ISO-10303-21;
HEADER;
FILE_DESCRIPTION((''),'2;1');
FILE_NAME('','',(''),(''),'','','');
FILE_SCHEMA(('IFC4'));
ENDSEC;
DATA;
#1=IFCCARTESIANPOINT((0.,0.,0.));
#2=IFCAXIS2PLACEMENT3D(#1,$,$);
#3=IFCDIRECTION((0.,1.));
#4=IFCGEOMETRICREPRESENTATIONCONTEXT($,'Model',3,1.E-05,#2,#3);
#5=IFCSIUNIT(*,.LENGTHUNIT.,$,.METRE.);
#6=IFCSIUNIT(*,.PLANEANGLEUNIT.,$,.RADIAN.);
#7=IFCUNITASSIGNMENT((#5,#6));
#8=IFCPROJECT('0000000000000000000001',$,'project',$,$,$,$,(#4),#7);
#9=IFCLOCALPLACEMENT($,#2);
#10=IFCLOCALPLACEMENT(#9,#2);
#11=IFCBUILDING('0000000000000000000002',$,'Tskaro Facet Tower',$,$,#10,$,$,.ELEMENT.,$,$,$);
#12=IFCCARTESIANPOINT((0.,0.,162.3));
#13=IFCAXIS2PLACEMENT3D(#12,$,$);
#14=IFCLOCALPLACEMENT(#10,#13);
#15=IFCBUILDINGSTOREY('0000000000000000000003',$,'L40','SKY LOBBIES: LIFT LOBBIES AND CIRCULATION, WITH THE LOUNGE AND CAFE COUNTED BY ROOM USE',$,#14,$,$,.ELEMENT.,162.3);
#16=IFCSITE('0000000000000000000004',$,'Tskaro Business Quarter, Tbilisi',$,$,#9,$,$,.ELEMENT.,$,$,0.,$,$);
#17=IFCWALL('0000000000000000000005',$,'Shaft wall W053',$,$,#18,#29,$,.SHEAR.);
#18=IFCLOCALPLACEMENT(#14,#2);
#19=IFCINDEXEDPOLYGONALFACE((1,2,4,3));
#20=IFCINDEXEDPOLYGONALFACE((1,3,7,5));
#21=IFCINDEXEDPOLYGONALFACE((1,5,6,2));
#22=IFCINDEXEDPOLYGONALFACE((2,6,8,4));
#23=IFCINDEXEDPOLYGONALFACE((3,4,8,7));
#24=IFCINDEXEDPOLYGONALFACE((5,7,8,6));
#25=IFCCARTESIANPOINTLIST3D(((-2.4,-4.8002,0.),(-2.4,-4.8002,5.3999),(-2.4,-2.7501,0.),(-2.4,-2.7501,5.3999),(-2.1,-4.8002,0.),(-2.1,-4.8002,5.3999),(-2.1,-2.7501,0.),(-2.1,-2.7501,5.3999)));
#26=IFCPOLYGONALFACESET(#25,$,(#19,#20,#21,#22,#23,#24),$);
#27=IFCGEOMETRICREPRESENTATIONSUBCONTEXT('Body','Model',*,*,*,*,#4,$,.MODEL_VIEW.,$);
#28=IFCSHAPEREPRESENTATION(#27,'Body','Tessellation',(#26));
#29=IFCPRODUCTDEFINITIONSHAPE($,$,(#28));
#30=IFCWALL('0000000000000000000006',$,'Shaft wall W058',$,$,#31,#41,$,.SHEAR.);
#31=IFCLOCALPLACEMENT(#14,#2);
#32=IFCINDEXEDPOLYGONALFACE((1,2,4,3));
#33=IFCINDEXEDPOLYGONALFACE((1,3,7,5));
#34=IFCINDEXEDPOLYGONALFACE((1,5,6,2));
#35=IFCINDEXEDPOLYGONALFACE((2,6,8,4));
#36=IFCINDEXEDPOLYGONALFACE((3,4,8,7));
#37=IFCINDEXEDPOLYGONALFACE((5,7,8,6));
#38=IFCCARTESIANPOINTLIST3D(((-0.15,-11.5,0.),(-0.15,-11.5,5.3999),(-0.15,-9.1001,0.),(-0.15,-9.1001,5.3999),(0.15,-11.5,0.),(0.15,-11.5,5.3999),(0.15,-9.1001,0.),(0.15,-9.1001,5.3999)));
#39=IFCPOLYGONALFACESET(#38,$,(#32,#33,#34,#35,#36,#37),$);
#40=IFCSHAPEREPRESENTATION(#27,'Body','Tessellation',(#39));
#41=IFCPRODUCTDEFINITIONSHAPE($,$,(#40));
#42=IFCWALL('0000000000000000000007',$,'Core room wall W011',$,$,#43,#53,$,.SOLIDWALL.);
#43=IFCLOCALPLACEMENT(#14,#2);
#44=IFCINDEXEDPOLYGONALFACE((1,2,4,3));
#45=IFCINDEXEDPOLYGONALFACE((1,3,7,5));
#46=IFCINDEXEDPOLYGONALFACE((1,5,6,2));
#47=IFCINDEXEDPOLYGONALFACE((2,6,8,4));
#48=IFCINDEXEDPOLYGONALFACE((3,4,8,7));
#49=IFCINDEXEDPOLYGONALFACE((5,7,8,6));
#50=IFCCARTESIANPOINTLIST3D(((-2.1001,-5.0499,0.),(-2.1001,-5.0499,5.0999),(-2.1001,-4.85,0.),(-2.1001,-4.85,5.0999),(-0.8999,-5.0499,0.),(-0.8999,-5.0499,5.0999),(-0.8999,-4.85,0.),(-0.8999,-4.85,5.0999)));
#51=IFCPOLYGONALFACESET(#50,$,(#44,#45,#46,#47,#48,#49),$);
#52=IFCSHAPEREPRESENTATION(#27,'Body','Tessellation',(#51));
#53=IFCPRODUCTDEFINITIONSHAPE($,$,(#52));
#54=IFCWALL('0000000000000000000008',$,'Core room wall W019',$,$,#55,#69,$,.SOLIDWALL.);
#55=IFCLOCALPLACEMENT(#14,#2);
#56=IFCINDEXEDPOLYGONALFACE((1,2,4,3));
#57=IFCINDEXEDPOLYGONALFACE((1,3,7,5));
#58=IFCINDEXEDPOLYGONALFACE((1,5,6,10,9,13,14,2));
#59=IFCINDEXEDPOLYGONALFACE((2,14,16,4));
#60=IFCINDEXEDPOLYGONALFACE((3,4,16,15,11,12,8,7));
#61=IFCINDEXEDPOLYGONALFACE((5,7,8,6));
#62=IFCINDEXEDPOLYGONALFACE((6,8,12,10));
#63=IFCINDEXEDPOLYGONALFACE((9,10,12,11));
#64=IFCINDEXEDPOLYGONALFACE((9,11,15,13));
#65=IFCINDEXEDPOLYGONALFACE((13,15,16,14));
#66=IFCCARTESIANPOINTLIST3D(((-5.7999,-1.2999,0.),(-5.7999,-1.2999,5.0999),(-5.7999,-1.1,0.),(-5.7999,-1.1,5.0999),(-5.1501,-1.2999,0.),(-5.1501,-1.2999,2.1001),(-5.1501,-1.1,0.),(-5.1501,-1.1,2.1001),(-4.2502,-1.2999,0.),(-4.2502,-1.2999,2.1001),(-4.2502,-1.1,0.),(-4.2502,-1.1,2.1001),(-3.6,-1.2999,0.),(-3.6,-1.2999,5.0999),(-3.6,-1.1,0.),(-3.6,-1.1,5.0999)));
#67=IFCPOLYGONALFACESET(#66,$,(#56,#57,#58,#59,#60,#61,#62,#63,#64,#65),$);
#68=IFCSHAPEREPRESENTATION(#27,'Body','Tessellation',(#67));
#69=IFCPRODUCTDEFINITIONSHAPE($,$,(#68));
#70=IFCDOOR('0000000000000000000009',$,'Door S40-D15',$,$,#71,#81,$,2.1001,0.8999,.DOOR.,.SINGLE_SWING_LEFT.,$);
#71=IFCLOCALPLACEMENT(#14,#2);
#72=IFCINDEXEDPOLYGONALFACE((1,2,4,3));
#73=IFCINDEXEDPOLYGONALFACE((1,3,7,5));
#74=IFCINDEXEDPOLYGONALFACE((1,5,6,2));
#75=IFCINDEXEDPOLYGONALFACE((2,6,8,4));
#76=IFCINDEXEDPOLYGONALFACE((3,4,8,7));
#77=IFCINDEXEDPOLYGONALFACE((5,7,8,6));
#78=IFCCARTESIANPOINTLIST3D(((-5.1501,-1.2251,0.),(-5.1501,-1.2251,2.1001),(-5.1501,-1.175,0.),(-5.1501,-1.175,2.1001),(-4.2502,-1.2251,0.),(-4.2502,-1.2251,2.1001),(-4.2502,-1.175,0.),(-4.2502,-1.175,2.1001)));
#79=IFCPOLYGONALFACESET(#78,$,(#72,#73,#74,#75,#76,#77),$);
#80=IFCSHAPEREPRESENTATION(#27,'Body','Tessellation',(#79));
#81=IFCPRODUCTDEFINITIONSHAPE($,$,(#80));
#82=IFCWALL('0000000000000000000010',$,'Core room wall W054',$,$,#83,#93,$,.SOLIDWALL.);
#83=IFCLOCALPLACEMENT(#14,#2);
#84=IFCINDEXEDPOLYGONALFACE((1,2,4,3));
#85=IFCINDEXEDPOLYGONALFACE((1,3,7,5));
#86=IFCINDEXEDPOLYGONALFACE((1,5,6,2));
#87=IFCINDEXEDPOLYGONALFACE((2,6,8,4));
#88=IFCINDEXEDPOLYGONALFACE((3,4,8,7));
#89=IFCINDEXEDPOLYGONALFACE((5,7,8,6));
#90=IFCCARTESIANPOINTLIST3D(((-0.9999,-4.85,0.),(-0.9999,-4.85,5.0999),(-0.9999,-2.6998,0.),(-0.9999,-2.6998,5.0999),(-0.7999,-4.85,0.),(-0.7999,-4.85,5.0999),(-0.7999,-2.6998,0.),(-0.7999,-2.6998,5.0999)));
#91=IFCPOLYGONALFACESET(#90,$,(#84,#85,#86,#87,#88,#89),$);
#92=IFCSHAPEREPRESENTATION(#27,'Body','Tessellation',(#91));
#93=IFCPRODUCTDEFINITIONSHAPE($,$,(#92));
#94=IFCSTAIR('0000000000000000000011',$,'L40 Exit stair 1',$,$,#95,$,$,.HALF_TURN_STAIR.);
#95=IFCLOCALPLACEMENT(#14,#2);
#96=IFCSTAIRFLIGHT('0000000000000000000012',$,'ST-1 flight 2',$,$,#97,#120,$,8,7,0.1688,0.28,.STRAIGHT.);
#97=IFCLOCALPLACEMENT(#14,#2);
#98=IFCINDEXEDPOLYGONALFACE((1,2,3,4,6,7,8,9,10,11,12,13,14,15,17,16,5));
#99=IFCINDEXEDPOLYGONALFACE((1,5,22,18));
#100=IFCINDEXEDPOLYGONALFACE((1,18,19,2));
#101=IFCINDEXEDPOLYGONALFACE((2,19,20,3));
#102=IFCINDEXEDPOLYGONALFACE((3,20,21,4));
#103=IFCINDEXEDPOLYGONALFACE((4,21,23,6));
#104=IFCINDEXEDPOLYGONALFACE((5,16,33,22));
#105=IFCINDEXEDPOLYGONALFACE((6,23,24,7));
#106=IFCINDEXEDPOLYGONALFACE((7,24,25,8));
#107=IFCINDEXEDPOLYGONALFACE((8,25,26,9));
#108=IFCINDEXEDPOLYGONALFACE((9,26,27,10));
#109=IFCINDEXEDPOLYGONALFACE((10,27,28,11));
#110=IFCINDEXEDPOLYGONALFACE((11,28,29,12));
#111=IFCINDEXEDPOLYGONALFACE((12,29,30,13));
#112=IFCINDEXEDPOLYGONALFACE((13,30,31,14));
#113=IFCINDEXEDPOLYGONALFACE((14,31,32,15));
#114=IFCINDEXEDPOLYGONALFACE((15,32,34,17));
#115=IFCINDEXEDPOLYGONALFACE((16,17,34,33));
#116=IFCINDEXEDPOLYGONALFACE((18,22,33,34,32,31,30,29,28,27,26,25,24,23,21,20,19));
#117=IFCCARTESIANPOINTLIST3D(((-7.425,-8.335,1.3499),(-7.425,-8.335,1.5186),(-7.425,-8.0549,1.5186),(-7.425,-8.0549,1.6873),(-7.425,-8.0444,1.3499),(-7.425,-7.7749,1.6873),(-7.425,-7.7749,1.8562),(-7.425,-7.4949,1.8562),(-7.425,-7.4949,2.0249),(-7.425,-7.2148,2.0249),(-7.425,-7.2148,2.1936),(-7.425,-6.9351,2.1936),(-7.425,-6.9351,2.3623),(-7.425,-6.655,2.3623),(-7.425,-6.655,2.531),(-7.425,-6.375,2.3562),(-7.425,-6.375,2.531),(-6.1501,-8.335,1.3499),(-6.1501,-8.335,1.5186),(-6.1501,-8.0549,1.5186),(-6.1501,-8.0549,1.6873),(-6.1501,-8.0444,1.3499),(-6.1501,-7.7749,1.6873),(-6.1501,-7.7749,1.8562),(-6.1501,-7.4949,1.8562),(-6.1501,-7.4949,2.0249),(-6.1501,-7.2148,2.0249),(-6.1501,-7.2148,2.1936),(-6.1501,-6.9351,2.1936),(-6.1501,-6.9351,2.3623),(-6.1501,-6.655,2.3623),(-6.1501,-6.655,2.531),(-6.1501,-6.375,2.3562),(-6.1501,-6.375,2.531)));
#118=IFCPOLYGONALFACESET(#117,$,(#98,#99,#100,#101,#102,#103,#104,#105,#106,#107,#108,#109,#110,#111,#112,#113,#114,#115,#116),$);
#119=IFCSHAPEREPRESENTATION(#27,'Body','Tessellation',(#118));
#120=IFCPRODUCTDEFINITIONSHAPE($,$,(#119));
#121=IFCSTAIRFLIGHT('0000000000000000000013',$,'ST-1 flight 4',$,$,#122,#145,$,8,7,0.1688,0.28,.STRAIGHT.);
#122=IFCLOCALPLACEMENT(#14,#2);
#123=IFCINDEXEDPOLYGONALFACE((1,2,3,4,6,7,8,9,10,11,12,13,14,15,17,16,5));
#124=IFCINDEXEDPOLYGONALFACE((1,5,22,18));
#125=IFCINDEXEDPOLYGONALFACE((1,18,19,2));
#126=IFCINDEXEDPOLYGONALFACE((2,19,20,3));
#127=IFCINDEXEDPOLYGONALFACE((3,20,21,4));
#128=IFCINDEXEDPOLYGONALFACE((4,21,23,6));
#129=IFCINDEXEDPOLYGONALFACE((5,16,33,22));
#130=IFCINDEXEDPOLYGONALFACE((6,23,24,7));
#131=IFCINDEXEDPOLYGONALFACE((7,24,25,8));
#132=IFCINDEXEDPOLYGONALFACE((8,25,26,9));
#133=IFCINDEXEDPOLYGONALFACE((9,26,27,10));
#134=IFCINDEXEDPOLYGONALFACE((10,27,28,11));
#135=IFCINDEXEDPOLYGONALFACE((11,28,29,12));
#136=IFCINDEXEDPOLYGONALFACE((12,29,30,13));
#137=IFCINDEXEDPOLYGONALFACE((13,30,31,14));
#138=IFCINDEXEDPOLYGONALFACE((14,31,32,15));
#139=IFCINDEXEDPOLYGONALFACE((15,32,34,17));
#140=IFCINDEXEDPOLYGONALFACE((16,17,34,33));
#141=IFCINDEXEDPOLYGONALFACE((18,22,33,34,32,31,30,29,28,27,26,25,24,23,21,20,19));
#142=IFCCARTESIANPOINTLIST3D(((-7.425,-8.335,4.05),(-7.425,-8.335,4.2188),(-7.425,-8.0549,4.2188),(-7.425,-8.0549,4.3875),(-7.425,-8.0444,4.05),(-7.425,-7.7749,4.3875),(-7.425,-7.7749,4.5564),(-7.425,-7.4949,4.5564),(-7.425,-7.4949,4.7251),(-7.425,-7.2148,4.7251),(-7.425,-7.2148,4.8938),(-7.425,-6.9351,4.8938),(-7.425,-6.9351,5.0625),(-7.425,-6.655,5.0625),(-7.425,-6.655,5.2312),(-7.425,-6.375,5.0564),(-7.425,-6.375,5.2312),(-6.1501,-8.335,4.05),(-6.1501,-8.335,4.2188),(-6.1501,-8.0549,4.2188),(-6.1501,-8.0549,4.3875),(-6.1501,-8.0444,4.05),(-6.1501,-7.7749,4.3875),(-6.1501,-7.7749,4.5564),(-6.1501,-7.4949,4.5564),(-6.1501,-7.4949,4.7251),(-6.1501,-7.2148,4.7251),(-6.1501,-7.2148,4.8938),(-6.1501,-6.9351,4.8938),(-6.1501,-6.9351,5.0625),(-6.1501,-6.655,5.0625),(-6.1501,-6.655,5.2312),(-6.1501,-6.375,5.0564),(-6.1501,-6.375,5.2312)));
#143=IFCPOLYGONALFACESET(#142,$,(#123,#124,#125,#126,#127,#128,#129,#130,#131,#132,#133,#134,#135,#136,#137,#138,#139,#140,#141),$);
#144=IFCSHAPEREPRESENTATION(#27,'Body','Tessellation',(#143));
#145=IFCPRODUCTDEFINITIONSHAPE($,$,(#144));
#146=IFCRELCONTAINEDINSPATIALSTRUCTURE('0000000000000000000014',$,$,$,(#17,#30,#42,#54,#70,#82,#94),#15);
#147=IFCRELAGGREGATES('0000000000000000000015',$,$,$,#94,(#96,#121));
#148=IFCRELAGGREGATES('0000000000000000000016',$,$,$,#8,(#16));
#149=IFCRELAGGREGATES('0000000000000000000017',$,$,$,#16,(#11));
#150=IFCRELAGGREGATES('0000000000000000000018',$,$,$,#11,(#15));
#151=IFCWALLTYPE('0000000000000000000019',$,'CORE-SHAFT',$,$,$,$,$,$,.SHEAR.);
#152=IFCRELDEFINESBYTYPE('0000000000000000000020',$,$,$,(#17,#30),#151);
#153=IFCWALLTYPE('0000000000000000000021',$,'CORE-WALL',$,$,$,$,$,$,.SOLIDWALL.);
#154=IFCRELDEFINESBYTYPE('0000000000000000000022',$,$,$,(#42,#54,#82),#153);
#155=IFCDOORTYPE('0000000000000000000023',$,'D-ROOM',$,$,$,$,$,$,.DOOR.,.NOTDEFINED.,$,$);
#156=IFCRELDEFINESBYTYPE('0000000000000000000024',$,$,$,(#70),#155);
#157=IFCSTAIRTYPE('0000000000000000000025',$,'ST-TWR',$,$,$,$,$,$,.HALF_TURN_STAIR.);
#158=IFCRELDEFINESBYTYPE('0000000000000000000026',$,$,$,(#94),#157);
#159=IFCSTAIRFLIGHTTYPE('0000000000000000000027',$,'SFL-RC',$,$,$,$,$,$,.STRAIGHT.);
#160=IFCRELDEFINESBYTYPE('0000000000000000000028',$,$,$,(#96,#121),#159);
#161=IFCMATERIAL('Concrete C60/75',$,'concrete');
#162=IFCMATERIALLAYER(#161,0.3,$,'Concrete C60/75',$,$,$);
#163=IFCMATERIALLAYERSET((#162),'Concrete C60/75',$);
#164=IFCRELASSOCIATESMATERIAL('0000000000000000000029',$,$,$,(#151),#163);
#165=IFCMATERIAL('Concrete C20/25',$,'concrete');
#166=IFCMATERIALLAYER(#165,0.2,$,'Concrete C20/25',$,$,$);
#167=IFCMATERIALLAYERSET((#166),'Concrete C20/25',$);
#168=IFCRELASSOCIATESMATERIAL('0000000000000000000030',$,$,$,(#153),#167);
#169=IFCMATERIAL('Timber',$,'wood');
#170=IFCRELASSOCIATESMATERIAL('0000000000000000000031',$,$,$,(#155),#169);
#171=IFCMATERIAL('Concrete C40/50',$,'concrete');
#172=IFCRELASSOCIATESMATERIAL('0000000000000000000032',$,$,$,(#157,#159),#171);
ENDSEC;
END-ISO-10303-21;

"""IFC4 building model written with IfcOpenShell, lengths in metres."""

from ifc_helpers import new_model, si_unit, direction, frame, frame_2d, origin, place, context, subcontext, project, spatial, polyline, rectangle, outline, extrude, material, layer, layer_set, type_object, element, fill, aggregate, save


model = new_model("IFC4")

# Units and contexts
model_context = context("Model", 3, precision=1e-05, world=origin(), true_north=direction((0.0, 1.0)))
body_context = subcontext(model_context, "Body", "Model", "MODEL_VIEW")
ifc_project = project(units=[si_unit("LENGTHUNIT", "METRE"), si_unit("PLANEANGLEUNIT", "RADIAN")], contexts=[model_context])

# Site, building, storey
site_placement = place(None, origin())
site = spatial("IfcSite", under=ifc_project, at=site_placement, Name="Tskaro Business Quarter, Tbilisi", CompositionType="ELEMENT", RefElevation=0.0)
building_placement = place(site_placement, origin())
building = spatial("IfcBuilding", under=site, at=building_placement, Name="Tskaro Facet Tower", CompositionType="ELEMENT")
storey_placement = place(building_placement, frame((0.0, 0.0, 162.3)))
storey = spatial("IfcBuildingStorey", under=building, at=storey_placement, Name="L40", Description="SKY LOBBIES: LIFT LOBBIES AND CIRCULATION, WITH THE LOUNGE AND CAFE COUNTED BY ROOM USE", CompositionType="ELEMENT", Elevation=162.3)

# Shared definitions
ifc_material_1 = material(Name="Concrete C60/75", Category="concrete")
ifc_layer_1 = layer(ifc_material_1, 0.3, Name="Concrete C60/75")
ifc_layer_set_1 = layer_set([ifc_layer_1], Name="Concrete C60/75")
wall_type_1 = type_object("IfcWallType", Name="CORE-SHAFT", PredefinedType="SHEAR", material=ifc_layer_set_1)

# Walls
wall_1_placement = place(storey_placement, frame((-2.25, -4.8, 0.0), z_axis=(0.0, 0.0, 1.0), x_axis=(0.0, 1.0, 0.0)))
element("IfcWall", 1, at=wall_1_placement, inside=storey, type_object=wall_type_1, Name="Shaft wall W053", PredefinedType="SHEAR", context=body_context, shape_type="SweptSolid", body=[
    extrude(rectangle(XDim=2.05, YDim=0.3, at=frame_2d((1.0249, 0.0))), origin(), (0.0, 0.0, 1.0), 5.3999),
])
wall_2_placement = place(storey_placement, frame((0.0, -11.5, 0.0), z_axis=(0.0, 0.0, 1.0), x_axis=(0.0, 1.0, 0.0)))
element("IfcWall", 2, at=wall_2_placement, inside=storey, type_object=wall_type_1, Name="Shaft wall W058", PredefinedType="SHEAR", context=body_context, shape_type="SweptSolid", body=[
    extrude(rectangle(XDim=2.3999, YDim=0.3, at=frame_2d((1.2, 0.0))), origin(), (0.0, 0.0, 1.0), 5.3999),
])
ifc_material_2 = material(Name="Concrete C20/25", Category="concrete")
ifc_layer_2 = layer(ifc_material_2, 0.2, Name="Concrete C20/25")
ifc_layer_set_2 = layer_set([ifc_layer_2], Name="Concrete C20/25")
wall_type_2 = type_object("IfcWallType", Name="CORE-WALL", PredefinedType="SOLIDWALL", material=ifc_layer_set_2)
wall_3_placement = place(storey_placement, frame((-2.1001, -4.95, 0.0), z_axis=(0.0, 0.0, 1.0), x_axis=(1.0, 0.0, 0.0)))
element("IfcWall", 3, at=wall_3_placement, inside=storey, type_object=wall_type_2, Name="Core room wall W011", PredefinedType="SOLIDWALL", context=body_context, shape_type="SweptSolid", body=[
    extrude(rectangle(XDim=1.2002, YDim=0.2, at=frame_2d((0.6001, 0.0))), origin(), (0.0, 0.0, 1.0), 5.0999),
])

# Wall, opening, door
wall_4_placement = place(storey_placement, frame((-5.8, -1.2, 0.0), z_axis=(0.0, 0.0, 1.0), x_axis=(1.0, 0.0, 0.0)))
wall_4 = element("IfcWall", 4, at=wall_4_placement, inside=storey, type_object=wall_type_2, Name="Core room wall W019", PredefinedType="SOLIDWALL", context=body_context, shape_type="SweptSolid", body=[
    extrude(rectangle(XDim=2.2, YDim=0.2, at=frame_2d((1.1001, 0.0))), origin(), (0.0, 0.0, 1.0), 5.0999),
])
opening_1_placement = place(wall_4_placement, frame((0.6499, 0.0, 0.0)))
opening_1 = element("IfcOpeningElement", 5, at=opening_1_placement, cuts=wall_4, PredefinedType="OPENING", context=body_context, shape_type="SweptSolid", body=[
    extrude(rectangle(XDim=0.8999, YDim=2.1001, at=frame_2d((0.45, 1.05))), frame((0.0, 0.1099, 0.0), z_axis=(0.0, -1.0, 0.0), x_axis=(1.0, 0.0, 0.0)), (0.0, 0.0, 1.0), 0.22),
])
ifc_material_3 = material(Name="Timber", Category="wood")
door_type_1 = type_object("IfcDoorType", Name="D-ROOM", OperationType="NOTDEFINED", PredefinedType="DOOR", material=ifc_material_3)
door_1_placement = place(opening_1_placement, origin())
door_1 = element("IfcDoor", 6, at=door_1_placement, inside=storey, type_object=door_type_1, Name="Door S40-D15", OperationType="SINGLE_SWING_LEFT", OverallHeight=2.1001, OverallWidth=0.8999, PredefinedType="DOOR", context=body_context, shape_type="SweptSolid", body=[
    extrude(rectangle(XDim=0.8999, YDim=2.1001, at=frame_2d((0.45, 1.05))), frame((0.0, 0.0249, 0.0), z_axis=(0.0, -1.0, 0.0), x_axis=(1.0, 0.0, 0.0)), (0.0, 0.0, 1.0), 0.05),
])
fill(opening_1, door_1)

# Wall
wall_5_placement = place(storey_placement, frame((-0.8999, -4.8501, 0.0), z_axis=(0.0, 0.0, 1.0), x_axis=(0.0, 1.0, 0.0)))
element("IfcWall", 7, at=wall_5_placement, inside=storey, type_object=wall_type_2, Name="Core room wall W054", PredefinedType="SOLIDWALL", context=body_context, shape_type="SweptSolid", body=[
    extrude(rectangle(XDim=2.1501, YDim=0.2, at=frame_2d((1.0752, 0.0))), origin(), (0.0, 0.0, 1.0), 5.0999),
])

# Stair, stair flights
ifc_material_4 = material(Name="Concrete C40/50", Category="concrete")
stair_type = type_object("IfcStairType", Name="ST-TWR", PredefinedType="HALF_TURN_STAIR", material=ifc_material_4)
stair_placement = place(storey_placement, origin())
stair = element("IfcStair", 8, at=stair_placement, inside=storey, type_object=stair_type, Name="L40 Exit stair 1", PredefinedType="HALF_TURN_STAIR")
stair_flight_type = type_object("IfcStairFlightType", Name="SFL-RC", PredefinedType="STRAIGHT", material=ifc_material_4)
stair_flight_1_placement = place(storey_placement, frame((-6.7876, -8.335, 1.3499), z_axis=(0.0, 0.0, 1.0), x_axis=(0.0, 1.0, 0.0)))
stair_flight_1 = element("IfcStairFlight", 9, at=stair_flight_1_placement, type_object=stair_flight_type, Name="ST-1 flight 2", NumberOfRisers=8, NumberOfTreads=7, PredefinedType="STRAIGHT", RiserHeight=0.1688, TreadLength=0.28, context=body_context, shape_type="SweptSolid", body=[
    extrude(outline(polyline([(0.0, 0.0), (0.0, 0.1687), (0.28, 0.1687), (0.28, 0.3374), (0.5601, 0.3374), (0.5601, 0.5063), (0.8401, 0.5063), (0.8401, 0.675), (1.1201, 0.675), (1.1201, 0.8438), (1.3999, 0.8438), (1.3999, 1.0125), (1.6799, 1.0125), (1.6799, 1.1812), (1.96, 1.1812), (1.96, 1.3501), (1.96, 1.0063), (0.2905, 0.0), (0.0, 0.0)])), frame((0.0, 0.6375, 0.0), z_axis=(0.0, -1.0, 0.0), x_axis=(1.0, 0.0, 0.0)), (0.0, 0.0, 1.0), 1.2749),
])
stair_flight_2_placement = place(storey_placement, frame((-6.7876, -8.335, 4.05), z_axis=(0.0, 0.0, 1.0), x_axis=(0.0, 1.0, 0.0)))
stair_flight_2 = element("IfcStairFlight", 10, at=stair_flight_2_placement, type_object=stair_flight_type, Name="ST-1 flight 4", NumberOfRisers=8, NumberOfTreads=7, PredefinedType="STRAIGHT", RiserHeight=0.1688, TreadLength=0.28, context=body_context, shape_type="SweptSolid", body=[
    extrude(outline(polyline([(0.0, 0.0), (0.0, 0.1687), (0.28, 0.1687), (0.28, 0.3374), (0.5601, 0.3374), (0.5601, 0.5063), (0.8401, 0.5063), (0.8401, 0.675), (1.1201, 0.675), (1.1201, 0.8438), (1.3999, 0.8438), (1.3999, 1.0125), (1.6799, 1.0125), (1.6799, 1.1812), (1.96, 1.1812), (1.96, 1.3501), (1.96, 1.0063), (0.2905, 0.0), (0.0, 0.0)])), frame((0.0, 0.6375, 0.0), z_axis=(0.0, -1.0, 0.0), x_axis=(1.0, 0.0, 0.0)), (0.0, 0.0, 1.0), 1.2749),
])
aggregate(stair, [stair_flight_1, stair_flight_2])

save(model, "model.ifc")
